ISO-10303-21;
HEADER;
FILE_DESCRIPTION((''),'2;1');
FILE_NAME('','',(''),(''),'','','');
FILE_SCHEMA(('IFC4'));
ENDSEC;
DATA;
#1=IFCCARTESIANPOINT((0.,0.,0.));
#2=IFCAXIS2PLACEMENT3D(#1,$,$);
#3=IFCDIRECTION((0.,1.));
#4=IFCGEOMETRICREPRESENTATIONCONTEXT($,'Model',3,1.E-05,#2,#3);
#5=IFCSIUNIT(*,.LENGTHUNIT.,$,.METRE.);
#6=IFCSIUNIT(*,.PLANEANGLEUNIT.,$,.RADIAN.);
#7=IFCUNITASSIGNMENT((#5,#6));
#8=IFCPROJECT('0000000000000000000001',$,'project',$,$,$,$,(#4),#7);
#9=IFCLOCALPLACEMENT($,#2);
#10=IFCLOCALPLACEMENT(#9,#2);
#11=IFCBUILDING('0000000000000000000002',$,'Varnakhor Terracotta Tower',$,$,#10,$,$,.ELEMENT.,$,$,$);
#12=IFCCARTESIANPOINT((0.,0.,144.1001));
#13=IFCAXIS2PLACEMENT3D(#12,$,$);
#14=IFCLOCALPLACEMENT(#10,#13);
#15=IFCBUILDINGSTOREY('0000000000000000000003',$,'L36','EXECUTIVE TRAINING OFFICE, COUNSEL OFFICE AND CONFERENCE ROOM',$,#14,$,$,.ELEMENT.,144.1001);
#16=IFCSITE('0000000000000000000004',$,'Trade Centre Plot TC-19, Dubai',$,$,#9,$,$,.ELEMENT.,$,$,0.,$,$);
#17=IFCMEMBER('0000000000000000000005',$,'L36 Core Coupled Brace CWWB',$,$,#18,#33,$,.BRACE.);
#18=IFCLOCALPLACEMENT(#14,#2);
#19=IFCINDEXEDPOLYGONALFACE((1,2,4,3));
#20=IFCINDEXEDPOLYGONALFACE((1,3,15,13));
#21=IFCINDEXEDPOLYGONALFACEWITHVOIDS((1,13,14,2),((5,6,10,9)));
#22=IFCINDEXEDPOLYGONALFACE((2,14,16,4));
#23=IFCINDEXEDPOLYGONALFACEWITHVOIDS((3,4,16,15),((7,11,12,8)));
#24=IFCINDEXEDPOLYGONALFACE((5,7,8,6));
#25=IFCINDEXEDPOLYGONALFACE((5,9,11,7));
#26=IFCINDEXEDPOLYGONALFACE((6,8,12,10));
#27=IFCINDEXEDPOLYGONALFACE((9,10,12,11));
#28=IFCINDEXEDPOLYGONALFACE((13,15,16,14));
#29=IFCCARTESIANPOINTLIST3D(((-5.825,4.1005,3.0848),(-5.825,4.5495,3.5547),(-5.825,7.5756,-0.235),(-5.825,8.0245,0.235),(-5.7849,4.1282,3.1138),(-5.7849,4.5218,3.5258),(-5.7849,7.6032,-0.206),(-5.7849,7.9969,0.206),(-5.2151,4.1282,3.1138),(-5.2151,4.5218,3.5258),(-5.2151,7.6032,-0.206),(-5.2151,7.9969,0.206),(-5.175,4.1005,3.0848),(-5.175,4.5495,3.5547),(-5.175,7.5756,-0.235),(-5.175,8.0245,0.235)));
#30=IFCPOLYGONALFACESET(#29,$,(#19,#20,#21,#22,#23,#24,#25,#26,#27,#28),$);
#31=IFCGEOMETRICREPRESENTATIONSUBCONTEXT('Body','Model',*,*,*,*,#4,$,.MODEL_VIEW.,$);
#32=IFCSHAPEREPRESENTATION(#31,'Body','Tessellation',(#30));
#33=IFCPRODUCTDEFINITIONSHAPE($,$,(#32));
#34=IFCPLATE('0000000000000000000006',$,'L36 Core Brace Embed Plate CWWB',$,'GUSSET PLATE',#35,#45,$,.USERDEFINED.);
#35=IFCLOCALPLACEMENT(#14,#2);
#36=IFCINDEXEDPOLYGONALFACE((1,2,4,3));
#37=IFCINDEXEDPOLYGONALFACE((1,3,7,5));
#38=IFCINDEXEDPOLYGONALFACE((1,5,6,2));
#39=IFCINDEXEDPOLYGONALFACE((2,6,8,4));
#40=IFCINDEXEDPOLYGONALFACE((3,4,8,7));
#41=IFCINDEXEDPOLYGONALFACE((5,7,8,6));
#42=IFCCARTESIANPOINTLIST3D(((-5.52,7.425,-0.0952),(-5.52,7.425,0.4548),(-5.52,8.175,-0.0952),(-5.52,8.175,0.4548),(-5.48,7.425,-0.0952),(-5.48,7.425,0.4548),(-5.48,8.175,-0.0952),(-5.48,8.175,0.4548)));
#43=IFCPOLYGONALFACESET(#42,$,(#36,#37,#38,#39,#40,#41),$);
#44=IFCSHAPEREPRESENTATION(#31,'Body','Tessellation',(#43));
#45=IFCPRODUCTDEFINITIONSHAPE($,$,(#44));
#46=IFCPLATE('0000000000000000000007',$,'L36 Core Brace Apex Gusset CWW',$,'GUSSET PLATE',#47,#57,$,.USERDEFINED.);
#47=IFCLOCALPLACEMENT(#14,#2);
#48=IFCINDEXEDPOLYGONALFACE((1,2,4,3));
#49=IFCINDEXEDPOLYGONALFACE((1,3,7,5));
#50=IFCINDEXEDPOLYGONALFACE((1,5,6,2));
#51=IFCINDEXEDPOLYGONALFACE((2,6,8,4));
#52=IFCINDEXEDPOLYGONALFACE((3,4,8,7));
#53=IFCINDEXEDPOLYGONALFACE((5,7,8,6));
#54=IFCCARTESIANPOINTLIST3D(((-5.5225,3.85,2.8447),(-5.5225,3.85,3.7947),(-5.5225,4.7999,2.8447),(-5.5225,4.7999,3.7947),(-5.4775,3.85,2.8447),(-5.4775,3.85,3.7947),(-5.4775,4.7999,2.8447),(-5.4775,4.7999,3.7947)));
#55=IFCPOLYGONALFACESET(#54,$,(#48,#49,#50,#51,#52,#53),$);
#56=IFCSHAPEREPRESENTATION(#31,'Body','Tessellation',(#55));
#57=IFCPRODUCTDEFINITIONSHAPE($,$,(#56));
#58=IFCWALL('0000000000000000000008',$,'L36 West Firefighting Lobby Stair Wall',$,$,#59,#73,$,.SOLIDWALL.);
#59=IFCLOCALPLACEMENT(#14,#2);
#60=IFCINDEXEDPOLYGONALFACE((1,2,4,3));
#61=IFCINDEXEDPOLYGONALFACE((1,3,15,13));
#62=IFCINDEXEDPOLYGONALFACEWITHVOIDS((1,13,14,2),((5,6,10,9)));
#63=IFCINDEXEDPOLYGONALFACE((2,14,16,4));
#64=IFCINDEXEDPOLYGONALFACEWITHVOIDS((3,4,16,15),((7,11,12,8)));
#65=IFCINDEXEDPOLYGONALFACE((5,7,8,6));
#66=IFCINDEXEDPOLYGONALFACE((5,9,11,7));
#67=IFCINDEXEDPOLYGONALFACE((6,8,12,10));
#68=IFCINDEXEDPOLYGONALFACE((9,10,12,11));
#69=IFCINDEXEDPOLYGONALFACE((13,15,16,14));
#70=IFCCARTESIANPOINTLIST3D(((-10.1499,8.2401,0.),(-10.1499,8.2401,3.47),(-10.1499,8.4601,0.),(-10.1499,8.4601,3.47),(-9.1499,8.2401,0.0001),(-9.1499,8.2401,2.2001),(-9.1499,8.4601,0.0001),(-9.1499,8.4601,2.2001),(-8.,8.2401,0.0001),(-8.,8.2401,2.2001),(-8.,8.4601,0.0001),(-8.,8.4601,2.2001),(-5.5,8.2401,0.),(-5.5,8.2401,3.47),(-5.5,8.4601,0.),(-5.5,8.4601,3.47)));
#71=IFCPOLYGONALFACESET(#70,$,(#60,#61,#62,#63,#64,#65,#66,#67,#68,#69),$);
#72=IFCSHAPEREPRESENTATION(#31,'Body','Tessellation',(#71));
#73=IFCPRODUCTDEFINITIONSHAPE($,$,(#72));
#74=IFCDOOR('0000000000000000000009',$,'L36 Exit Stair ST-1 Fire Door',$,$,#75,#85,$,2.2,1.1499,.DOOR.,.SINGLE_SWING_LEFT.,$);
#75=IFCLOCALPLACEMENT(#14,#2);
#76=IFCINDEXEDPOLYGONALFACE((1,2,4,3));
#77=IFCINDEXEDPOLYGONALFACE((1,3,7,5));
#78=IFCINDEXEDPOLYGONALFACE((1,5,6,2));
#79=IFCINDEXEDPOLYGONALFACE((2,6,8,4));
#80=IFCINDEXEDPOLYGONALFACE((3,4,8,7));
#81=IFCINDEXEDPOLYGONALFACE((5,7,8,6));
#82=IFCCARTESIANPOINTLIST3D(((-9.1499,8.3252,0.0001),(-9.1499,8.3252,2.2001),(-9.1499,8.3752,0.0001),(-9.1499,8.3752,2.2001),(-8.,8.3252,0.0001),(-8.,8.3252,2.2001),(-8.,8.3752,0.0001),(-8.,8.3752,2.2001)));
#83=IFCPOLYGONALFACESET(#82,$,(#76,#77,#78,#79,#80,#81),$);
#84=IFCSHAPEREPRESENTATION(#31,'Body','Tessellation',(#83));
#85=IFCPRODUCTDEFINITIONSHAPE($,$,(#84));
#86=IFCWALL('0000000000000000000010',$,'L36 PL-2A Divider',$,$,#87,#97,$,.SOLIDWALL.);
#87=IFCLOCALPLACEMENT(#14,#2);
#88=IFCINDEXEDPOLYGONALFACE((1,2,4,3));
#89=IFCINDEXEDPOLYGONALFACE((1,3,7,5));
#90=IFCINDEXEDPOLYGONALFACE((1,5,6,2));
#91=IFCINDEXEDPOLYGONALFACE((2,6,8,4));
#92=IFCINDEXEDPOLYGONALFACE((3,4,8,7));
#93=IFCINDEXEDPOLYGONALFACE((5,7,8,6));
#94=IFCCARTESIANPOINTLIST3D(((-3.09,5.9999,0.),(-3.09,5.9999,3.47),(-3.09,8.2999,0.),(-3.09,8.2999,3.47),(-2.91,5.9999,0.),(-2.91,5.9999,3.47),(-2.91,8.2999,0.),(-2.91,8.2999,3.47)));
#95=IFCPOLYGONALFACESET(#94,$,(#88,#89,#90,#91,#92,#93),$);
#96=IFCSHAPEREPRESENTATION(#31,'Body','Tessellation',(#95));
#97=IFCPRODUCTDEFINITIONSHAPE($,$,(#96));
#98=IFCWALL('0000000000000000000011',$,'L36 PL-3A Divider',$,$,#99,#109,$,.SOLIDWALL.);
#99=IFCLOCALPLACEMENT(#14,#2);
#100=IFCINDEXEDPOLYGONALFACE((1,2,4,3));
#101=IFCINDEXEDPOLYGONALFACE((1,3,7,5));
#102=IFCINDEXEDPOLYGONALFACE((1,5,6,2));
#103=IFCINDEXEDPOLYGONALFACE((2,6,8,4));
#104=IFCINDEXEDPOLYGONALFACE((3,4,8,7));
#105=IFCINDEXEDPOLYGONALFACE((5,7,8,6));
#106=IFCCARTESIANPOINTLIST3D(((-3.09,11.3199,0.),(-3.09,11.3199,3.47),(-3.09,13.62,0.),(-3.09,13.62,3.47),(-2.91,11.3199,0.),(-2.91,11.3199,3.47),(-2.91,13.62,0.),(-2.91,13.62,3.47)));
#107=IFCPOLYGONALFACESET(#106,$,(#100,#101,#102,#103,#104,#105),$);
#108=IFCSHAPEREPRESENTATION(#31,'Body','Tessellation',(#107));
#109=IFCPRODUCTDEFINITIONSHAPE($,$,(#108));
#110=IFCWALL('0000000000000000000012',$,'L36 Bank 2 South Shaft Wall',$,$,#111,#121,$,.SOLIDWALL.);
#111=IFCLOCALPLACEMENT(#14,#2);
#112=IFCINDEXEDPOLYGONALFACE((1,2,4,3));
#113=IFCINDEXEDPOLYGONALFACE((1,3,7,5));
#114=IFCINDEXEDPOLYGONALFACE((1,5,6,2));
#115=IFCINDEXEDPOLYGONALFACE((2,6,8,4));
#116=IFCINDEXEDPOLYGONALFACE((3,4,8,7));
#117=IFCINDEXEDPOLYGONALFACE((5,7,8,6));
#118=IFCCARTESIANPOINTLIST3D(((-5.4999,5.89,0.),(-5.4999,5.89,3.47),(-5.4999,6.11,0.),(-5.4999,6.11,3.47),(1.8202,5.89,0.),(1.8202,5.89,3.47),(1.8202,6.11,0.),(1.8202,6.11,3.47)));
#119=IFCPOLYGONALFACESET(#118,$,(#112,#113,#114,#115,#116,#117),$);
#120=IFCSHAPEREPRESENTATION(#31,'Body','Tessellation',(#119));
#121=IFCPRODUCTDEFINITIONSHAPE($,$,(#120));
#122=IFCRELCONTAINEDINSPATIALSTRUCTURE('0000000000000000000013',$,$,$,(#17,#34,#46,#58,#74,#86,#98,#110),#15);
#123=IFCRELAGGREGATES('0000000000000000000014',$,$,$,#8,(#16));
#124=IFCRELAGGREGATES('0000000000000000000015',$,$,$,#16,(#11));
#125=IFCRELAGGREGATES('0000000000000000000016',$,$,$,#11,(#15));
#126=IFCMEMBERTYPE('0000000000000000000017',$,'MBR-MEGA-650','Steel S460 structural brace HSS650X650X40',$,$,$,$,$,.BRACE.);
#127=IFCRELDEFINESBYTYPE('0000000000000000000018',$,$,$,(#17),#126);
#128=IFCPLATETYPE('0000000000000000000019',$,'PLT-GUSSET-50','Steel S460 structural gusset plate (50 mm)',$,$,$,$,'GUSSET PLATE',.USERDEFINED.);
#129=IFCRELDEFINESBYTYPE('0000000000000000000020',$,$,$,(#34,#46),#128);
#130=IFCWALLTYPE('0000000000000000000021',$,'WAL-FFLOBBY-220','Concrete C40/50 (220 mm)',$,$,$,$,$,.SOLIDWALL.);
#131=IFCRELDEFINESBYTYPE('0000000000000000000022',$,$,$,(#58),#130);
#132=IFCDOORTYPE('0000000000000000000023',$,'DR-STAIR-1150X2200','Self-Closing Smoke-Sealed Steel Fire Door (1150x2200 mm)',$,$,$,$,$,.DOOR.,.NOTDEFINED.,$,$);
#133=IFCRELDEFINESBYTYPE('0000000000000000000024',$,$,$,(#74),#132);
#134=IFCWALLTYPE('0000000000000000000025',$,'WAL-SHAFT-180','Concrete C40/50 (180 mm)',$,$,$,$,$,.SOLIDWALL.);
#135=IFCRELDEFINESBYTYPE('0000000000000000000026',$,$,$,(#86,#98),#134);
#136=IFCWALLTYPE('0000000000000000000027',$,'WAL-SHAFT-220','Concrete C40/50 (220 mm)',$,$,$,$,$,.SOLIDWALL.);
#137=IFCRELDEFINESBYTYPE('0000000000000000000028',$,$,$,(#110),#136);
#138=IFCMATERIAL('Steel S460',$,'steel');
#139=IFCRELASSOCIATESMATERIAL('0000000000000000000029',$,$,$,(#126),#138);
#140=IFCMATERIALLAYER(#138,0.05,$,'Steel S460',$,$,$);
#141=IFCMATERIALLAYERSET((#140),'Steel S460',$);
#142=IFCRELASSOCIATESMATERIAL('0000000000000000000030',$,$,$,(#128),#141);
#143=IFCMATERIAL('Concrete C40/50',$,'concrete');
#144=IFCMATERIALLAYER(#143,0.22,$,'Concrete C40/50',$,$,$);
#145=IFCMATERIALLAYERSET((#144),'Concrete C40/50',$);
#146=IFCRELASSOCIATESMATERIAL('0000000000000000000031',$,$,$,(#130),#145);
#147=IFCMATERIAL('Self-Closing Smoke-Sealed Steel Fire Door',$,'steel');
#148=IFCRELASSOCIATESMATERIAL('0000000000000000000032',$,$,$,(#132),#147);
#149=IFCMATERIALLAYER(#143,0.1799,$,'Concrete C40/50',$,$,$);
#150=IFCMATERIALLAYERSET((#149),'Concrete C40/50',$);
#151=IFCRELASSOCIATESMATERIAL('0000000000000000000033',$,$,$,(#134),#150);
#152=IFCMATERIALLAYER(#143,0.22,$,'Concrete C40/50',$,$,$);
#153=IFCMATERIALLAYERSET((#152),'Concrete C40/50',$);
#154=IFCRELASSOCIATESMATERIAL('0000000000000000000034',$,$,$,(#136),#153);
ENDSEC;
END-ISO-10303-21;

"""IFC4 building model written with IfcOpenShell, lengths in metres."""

from ifc_helpers import new_model, si_unit, direction, frame, frame_2d, origin, origin_2d, place, context, subcontext, project, spatial, rectangle, hollow_rectangle, extrude, source, transform, mapped, material, layer, layer_set, material_profile, profile_set, type_object, type_shapes, element, fill, save


model = new_model("IFC4")

# Units and contexts
model_context = context("Model", 3, precision=1e-05, world=origin(), true_north=direction((0.0, 1.0)))
body_context = subcontext(model_context, "Body", "Model", "MODEL_VIEW")
ifc_project = project(units=[si_unit("LENGTHUNIT", "METRE"), si_unit("PLANEANGLEUNIT", "RADIAN")], contexts=[model_context])

# Site, building, storey
site_placement = place(None, origin())
site = spatial("IfcSite", under=ifc_project, at=site_placement, Name="Trade Centre Plot TC-19, Dubai", CompositionType="ELEMENT", RefElevation=0.0)
building_placement = place(site_placement, origin())
building = spatial("IfcBuilding", under=site, at=building_placement, Name="Varnakhor Terracotta Tower", CompositionType="ELEMENT")
storey_placement = place(building_placement, frame((0.0, 0.0, 144.1001)))
storey = spatial("IfcBuildingStorey", under=building, at=storey_placement, Name="L36", Description="EXECUTIVE TRAINING OFFICE, COUNSEL OFFICE AND CONFERENCE ROOM", CompositionType="ELEMENT", Elevation=144.1001)

# Member
ifc_material_1 = material(Name="Steel S460", Category="steel")
ifc_material_profile = material_profile(ifc_material_1, hollow_rectangle(XDim=0.6499, YDim=0.6499, WallThickness=0.04, at=origin_2d()), Name="HSS650X650X40")
ifc_profile_set = profile_set([ifc_material_profile], Name="Steel S460")
member_type = type_object("IfcMemberType", Name="MBR-MEGA-650", Description="Steel S460 structural brace HSS650X650X40", PredefinedType="BRACE", material=ifc_profile_set)
shared_shape_1 = source(origin(), body_context, "Body", "SweptSolid", [
    extrude(hollow_rectangle(XDim=0.6499, YDim=0.6499, WallThickness=0.04, at=origin_2d()), origin(), (0.0, 0.0, 1.0), 4.8059),
])
member_placement = place(storey_placement, frame((-5.5, 7.8, 0.0), z_axis=(0.0, -0.723076, 0.690768), x_axis=(1.0, 0.0, 0.0)))
element("IfcMember", 1, at=member_placement, inside=storey, type_object=member_type, Name="L36 Core Coupled Brace CWWB", PredefinedType="BRACE", context=body_context, shape_type="MappedRepresentation", body=[
    mapped(shared_shape_1, transform((0.0, 0.0, 0.0), scale=1.0)),
])

# Plates
ifc_layer_1 = layer(ifc_material_1, 0.05, Name="Steel S460")
ifc_layer_set_1 = layer_set([ifc_layer_1], Name="Steel S460")
plate_type = type_object("IfcPlateType", Name="PLT-GUSSET-50", Description="Steel S460 structural gusset plate (50 mm)", ElementType="GUSSET PLATE", PredefinedType="USERDEFINED", material=ifc_layer_set_1)
shared_shape_2 = source(origin(), body_context, "Body", "SweptSolid", [
    extrude(rectangle(XDim=0.75, YDim=0.04, at=origin_2d()), origin(), (0.0, 0.0, 1.0), 0.55),
])
type_shapes(plate_type, [shared_shape_2])
plate_1_placement = place(storey_placement, frame((-5.5, 7.8, -0.0952), z_axis=(0.0, 0.0, 1.0), x_axis=(0.0, 1.0, 0.0)))
element("IfcPlate", 2, at=plate_1_placement, inside=storey, type_object=plate_type, Name="L36 Core Brace Embed Plate CWWB", ObjectType="GUSSET PLATE", PredefinedType="USERDEFINED", context=body_context, shape_type="MappedRepresentation", body=[
    mapped(shared_shape_2, transform((0.0, 0.0, 0.0), scale=1.0)),
])
shared_shape_3 = source(origin(), body_context, "Body", "SweptSolid", [
    extrude(rectangle(XDim=0.95, YDim=0.0449, at=origin_2d()), origin(), (0.0, 0.0, 1.0), 0.95),
])
plate_2_placement = place(storey_placement, frame((-5.5, 4.325, 2.8447), z_axis=(0.0, 0.0, 1.0), x_axis=(0.0, 1.0, 0.0)))
element("IfcPlate", 3, at=plate_2_placement, inside=storey, type_object=plate_type, Name="L36 Core Brace Apex Gusset CWW", ObjectType="GUSSET PLATE", PredefinedType="USERDEFINED", context=body_context, shape_type="MappedRepresentation", body=[
    mapped(shared_shape_3, transform((0.0, 0.0, 0.0), scale=1.0)),
])

# Wall, opening, door
ifc_material_2 = material(Name="Concrete C40/50", Category="concrete")
ifc_layer_2 = layer(ifc_material_2, 0.22, Name="Concrete C40/50")
ifc_layer_set_2 = layer_set([ifc_layer_2], Name="Concrete C40/50")
wall_type_1 = type_object("IfcWallType", Name="WAL-FFLOBBY-220", Description="Concrete C40/50 (220 mm)", PredefinedType="SOLIDWALL", material=ifc_layer_set_2)
wall_1_placement = place(storey_placement, frame((-5.5, 8.3501, 0.0), z_axis=(0.0, 0.0, 1.0), x_axis=(-1.0, 0.0, 0.0)))
wall_1 = element("IfcWall", 4, at=wall_1_placement, inside=storey, type_object=wall_type_1, Name="L36 West Firefighting Lobby Stair Wall", PredefinedType="SOLIDWALL", context=body_context, shape_type="SweptSolid", body=[
    extrude(rectangle(XDim=4.6499, YDim=0.22, at=frame_2d((2.325, 0.0))), origin(), (0.0, 0.0, 1.0), 3.47),
])
opening_1_placement = place(wall_1_placement, frame((2.5, 0.0, 0.0)))
opening_1 = element("IfcOpeningElement", 5, at=opening_1_placement, cuts=wall_1, PredefinedType="OPENING", context=body_context, shape_type="SweptSolid", body=[
    extrude(rectangle(XDim=1.1499, YDim=2.2, at=frame_2d((0.575, 1.1001))), frame((0.0, 0.1201, 0.0), z_axis=(0.0, -1.0, 0.0), x_axis=(1.0, 0.0, 0.0)), (0.0, 0.0, 1.0), 0.24),
])
ifc_material_3 = material(Name="Self-Closing Smoke-Sealed Steel Fire Door", Category="steel")
door_type_1 = type_object("IfcDoorType", Name="DR-STAIR-1150X2200", Description="Self-Closing Smoke-Sealed Steel Fire Door (1150x2200 mm)", OperationType="NOTDEFINED", PredefinedType="DOOR", material=ifc_material_3)
shared_shape_4 = source(origin(), body_context, "Body", "SweptSolid", [
    extrude(rectangle(XDim=1.1499, YDim=2.2, at=frame_2d((0.575, 1.1001))), frame((0.0, 0.0249, 0.0), z_axis=(0.0, -1.0, 0.0), x_axis=(1.0, 0.0, 0.0)), (0.0, 0.0, 1.0), 0.05),
])
type_shapes(door_type_1, [shared_shape_4])
door_1_placement = place(opening_1_placement, origin())
door_1 = element("IfcDoor", 6, at=door_1_placement, inside=storey, type_object=door_type_1, Name="L36 Exit Stair ST-1 Fire Door", OperationType="SINGLE_SWING_LEFT", OverallHeight=2.2, OverallWidth=1.1499, PredefinedType="DOOR", context=body_context, shape_type="MappedRepresentation", body=[
    mapped(shared_shape_4, transform((0.0, 0.0, 0.0), scale=1.0)),
])
fill(opening_1, door_1)

# Walls
ifc_layer_3 = layer(ifc_material_2, 0.1799, Name="Concrete C40/50")
ifc_layer_set_3 = layer_set([ifc_layer_3], Name="Concrete C40/50")
wall_type_2 = type_object("IfcWallType", Name="WAL-SHAFT-180", Description="Concrete C40/50 (180 mm)", PredefinedType="SOLIDWALL", material=ifc_layer_set_3)
for number, where, z_axis, x_axis, name in (
    (7, (-3.0, 6.0, 0.0), (0.0, 0.0, 1.0), (0.0, 1.0, 0.0), "L36 PL-2A Divider"),
    (8, (-3.0, 11.3201, 0.0), (0.0, 0.0, 1.0), (0.0, 1.0, 0.0), "L36 PL-3A Divider"),
):
    element("IfcWall", number, at=place(storey_placement, frame(where, z_axis=z_axis, x_axis=x_axis)), inside=storey, type_object=wall_type_2, Name=name, PredefinedType="SOLIDWALL", context=body_context, shape_type="SweptSolid", body=[
        extrude(rectangle(XDim=2.3, YDim=0.1799, at=frame_2d((1.1499, 0.0))), origin(), (0.0, 0.0, 1.0), 3.47),
    ])
ifc_layer_4 = layer(ifc_material_2, 0.22, Name="Concrete C40/50")
ifc_layer_set_4 = layer_set([ifc_layer_4], Name="Concrete C40/50")
wall_type_3 = type_object("IfcWallType", Name="WAL-SHAFT-220", Description="Concrete C40/50 (220 mm)", PredefinedType="SOLIDWALL", material=ifc_layer_set_4)
wall_2_placement = place(storey_placement, frame((-5.5, 6.0, 0.0), z_axis=(0.0, 0.0, 1.0), x_axis=(1.0, 0.0, 0.0)))
element("IfcWall", 9, at=wall_2_placement, inside=storey, type_object=wall_type_3, Name="L36 Bank 2 South Shaft Wall", PredefinedType="SOLIDWALL", context=body_context, shape_type="SweptSolid", body=[
    extrude(rectangle(XDim=7.3201, YDim=0.22, at=frame_2d((3.6602, 0.0))), origin(), (0.0, 0.0, 1.0), 3.47),
])

save(model, "model.ifc")
